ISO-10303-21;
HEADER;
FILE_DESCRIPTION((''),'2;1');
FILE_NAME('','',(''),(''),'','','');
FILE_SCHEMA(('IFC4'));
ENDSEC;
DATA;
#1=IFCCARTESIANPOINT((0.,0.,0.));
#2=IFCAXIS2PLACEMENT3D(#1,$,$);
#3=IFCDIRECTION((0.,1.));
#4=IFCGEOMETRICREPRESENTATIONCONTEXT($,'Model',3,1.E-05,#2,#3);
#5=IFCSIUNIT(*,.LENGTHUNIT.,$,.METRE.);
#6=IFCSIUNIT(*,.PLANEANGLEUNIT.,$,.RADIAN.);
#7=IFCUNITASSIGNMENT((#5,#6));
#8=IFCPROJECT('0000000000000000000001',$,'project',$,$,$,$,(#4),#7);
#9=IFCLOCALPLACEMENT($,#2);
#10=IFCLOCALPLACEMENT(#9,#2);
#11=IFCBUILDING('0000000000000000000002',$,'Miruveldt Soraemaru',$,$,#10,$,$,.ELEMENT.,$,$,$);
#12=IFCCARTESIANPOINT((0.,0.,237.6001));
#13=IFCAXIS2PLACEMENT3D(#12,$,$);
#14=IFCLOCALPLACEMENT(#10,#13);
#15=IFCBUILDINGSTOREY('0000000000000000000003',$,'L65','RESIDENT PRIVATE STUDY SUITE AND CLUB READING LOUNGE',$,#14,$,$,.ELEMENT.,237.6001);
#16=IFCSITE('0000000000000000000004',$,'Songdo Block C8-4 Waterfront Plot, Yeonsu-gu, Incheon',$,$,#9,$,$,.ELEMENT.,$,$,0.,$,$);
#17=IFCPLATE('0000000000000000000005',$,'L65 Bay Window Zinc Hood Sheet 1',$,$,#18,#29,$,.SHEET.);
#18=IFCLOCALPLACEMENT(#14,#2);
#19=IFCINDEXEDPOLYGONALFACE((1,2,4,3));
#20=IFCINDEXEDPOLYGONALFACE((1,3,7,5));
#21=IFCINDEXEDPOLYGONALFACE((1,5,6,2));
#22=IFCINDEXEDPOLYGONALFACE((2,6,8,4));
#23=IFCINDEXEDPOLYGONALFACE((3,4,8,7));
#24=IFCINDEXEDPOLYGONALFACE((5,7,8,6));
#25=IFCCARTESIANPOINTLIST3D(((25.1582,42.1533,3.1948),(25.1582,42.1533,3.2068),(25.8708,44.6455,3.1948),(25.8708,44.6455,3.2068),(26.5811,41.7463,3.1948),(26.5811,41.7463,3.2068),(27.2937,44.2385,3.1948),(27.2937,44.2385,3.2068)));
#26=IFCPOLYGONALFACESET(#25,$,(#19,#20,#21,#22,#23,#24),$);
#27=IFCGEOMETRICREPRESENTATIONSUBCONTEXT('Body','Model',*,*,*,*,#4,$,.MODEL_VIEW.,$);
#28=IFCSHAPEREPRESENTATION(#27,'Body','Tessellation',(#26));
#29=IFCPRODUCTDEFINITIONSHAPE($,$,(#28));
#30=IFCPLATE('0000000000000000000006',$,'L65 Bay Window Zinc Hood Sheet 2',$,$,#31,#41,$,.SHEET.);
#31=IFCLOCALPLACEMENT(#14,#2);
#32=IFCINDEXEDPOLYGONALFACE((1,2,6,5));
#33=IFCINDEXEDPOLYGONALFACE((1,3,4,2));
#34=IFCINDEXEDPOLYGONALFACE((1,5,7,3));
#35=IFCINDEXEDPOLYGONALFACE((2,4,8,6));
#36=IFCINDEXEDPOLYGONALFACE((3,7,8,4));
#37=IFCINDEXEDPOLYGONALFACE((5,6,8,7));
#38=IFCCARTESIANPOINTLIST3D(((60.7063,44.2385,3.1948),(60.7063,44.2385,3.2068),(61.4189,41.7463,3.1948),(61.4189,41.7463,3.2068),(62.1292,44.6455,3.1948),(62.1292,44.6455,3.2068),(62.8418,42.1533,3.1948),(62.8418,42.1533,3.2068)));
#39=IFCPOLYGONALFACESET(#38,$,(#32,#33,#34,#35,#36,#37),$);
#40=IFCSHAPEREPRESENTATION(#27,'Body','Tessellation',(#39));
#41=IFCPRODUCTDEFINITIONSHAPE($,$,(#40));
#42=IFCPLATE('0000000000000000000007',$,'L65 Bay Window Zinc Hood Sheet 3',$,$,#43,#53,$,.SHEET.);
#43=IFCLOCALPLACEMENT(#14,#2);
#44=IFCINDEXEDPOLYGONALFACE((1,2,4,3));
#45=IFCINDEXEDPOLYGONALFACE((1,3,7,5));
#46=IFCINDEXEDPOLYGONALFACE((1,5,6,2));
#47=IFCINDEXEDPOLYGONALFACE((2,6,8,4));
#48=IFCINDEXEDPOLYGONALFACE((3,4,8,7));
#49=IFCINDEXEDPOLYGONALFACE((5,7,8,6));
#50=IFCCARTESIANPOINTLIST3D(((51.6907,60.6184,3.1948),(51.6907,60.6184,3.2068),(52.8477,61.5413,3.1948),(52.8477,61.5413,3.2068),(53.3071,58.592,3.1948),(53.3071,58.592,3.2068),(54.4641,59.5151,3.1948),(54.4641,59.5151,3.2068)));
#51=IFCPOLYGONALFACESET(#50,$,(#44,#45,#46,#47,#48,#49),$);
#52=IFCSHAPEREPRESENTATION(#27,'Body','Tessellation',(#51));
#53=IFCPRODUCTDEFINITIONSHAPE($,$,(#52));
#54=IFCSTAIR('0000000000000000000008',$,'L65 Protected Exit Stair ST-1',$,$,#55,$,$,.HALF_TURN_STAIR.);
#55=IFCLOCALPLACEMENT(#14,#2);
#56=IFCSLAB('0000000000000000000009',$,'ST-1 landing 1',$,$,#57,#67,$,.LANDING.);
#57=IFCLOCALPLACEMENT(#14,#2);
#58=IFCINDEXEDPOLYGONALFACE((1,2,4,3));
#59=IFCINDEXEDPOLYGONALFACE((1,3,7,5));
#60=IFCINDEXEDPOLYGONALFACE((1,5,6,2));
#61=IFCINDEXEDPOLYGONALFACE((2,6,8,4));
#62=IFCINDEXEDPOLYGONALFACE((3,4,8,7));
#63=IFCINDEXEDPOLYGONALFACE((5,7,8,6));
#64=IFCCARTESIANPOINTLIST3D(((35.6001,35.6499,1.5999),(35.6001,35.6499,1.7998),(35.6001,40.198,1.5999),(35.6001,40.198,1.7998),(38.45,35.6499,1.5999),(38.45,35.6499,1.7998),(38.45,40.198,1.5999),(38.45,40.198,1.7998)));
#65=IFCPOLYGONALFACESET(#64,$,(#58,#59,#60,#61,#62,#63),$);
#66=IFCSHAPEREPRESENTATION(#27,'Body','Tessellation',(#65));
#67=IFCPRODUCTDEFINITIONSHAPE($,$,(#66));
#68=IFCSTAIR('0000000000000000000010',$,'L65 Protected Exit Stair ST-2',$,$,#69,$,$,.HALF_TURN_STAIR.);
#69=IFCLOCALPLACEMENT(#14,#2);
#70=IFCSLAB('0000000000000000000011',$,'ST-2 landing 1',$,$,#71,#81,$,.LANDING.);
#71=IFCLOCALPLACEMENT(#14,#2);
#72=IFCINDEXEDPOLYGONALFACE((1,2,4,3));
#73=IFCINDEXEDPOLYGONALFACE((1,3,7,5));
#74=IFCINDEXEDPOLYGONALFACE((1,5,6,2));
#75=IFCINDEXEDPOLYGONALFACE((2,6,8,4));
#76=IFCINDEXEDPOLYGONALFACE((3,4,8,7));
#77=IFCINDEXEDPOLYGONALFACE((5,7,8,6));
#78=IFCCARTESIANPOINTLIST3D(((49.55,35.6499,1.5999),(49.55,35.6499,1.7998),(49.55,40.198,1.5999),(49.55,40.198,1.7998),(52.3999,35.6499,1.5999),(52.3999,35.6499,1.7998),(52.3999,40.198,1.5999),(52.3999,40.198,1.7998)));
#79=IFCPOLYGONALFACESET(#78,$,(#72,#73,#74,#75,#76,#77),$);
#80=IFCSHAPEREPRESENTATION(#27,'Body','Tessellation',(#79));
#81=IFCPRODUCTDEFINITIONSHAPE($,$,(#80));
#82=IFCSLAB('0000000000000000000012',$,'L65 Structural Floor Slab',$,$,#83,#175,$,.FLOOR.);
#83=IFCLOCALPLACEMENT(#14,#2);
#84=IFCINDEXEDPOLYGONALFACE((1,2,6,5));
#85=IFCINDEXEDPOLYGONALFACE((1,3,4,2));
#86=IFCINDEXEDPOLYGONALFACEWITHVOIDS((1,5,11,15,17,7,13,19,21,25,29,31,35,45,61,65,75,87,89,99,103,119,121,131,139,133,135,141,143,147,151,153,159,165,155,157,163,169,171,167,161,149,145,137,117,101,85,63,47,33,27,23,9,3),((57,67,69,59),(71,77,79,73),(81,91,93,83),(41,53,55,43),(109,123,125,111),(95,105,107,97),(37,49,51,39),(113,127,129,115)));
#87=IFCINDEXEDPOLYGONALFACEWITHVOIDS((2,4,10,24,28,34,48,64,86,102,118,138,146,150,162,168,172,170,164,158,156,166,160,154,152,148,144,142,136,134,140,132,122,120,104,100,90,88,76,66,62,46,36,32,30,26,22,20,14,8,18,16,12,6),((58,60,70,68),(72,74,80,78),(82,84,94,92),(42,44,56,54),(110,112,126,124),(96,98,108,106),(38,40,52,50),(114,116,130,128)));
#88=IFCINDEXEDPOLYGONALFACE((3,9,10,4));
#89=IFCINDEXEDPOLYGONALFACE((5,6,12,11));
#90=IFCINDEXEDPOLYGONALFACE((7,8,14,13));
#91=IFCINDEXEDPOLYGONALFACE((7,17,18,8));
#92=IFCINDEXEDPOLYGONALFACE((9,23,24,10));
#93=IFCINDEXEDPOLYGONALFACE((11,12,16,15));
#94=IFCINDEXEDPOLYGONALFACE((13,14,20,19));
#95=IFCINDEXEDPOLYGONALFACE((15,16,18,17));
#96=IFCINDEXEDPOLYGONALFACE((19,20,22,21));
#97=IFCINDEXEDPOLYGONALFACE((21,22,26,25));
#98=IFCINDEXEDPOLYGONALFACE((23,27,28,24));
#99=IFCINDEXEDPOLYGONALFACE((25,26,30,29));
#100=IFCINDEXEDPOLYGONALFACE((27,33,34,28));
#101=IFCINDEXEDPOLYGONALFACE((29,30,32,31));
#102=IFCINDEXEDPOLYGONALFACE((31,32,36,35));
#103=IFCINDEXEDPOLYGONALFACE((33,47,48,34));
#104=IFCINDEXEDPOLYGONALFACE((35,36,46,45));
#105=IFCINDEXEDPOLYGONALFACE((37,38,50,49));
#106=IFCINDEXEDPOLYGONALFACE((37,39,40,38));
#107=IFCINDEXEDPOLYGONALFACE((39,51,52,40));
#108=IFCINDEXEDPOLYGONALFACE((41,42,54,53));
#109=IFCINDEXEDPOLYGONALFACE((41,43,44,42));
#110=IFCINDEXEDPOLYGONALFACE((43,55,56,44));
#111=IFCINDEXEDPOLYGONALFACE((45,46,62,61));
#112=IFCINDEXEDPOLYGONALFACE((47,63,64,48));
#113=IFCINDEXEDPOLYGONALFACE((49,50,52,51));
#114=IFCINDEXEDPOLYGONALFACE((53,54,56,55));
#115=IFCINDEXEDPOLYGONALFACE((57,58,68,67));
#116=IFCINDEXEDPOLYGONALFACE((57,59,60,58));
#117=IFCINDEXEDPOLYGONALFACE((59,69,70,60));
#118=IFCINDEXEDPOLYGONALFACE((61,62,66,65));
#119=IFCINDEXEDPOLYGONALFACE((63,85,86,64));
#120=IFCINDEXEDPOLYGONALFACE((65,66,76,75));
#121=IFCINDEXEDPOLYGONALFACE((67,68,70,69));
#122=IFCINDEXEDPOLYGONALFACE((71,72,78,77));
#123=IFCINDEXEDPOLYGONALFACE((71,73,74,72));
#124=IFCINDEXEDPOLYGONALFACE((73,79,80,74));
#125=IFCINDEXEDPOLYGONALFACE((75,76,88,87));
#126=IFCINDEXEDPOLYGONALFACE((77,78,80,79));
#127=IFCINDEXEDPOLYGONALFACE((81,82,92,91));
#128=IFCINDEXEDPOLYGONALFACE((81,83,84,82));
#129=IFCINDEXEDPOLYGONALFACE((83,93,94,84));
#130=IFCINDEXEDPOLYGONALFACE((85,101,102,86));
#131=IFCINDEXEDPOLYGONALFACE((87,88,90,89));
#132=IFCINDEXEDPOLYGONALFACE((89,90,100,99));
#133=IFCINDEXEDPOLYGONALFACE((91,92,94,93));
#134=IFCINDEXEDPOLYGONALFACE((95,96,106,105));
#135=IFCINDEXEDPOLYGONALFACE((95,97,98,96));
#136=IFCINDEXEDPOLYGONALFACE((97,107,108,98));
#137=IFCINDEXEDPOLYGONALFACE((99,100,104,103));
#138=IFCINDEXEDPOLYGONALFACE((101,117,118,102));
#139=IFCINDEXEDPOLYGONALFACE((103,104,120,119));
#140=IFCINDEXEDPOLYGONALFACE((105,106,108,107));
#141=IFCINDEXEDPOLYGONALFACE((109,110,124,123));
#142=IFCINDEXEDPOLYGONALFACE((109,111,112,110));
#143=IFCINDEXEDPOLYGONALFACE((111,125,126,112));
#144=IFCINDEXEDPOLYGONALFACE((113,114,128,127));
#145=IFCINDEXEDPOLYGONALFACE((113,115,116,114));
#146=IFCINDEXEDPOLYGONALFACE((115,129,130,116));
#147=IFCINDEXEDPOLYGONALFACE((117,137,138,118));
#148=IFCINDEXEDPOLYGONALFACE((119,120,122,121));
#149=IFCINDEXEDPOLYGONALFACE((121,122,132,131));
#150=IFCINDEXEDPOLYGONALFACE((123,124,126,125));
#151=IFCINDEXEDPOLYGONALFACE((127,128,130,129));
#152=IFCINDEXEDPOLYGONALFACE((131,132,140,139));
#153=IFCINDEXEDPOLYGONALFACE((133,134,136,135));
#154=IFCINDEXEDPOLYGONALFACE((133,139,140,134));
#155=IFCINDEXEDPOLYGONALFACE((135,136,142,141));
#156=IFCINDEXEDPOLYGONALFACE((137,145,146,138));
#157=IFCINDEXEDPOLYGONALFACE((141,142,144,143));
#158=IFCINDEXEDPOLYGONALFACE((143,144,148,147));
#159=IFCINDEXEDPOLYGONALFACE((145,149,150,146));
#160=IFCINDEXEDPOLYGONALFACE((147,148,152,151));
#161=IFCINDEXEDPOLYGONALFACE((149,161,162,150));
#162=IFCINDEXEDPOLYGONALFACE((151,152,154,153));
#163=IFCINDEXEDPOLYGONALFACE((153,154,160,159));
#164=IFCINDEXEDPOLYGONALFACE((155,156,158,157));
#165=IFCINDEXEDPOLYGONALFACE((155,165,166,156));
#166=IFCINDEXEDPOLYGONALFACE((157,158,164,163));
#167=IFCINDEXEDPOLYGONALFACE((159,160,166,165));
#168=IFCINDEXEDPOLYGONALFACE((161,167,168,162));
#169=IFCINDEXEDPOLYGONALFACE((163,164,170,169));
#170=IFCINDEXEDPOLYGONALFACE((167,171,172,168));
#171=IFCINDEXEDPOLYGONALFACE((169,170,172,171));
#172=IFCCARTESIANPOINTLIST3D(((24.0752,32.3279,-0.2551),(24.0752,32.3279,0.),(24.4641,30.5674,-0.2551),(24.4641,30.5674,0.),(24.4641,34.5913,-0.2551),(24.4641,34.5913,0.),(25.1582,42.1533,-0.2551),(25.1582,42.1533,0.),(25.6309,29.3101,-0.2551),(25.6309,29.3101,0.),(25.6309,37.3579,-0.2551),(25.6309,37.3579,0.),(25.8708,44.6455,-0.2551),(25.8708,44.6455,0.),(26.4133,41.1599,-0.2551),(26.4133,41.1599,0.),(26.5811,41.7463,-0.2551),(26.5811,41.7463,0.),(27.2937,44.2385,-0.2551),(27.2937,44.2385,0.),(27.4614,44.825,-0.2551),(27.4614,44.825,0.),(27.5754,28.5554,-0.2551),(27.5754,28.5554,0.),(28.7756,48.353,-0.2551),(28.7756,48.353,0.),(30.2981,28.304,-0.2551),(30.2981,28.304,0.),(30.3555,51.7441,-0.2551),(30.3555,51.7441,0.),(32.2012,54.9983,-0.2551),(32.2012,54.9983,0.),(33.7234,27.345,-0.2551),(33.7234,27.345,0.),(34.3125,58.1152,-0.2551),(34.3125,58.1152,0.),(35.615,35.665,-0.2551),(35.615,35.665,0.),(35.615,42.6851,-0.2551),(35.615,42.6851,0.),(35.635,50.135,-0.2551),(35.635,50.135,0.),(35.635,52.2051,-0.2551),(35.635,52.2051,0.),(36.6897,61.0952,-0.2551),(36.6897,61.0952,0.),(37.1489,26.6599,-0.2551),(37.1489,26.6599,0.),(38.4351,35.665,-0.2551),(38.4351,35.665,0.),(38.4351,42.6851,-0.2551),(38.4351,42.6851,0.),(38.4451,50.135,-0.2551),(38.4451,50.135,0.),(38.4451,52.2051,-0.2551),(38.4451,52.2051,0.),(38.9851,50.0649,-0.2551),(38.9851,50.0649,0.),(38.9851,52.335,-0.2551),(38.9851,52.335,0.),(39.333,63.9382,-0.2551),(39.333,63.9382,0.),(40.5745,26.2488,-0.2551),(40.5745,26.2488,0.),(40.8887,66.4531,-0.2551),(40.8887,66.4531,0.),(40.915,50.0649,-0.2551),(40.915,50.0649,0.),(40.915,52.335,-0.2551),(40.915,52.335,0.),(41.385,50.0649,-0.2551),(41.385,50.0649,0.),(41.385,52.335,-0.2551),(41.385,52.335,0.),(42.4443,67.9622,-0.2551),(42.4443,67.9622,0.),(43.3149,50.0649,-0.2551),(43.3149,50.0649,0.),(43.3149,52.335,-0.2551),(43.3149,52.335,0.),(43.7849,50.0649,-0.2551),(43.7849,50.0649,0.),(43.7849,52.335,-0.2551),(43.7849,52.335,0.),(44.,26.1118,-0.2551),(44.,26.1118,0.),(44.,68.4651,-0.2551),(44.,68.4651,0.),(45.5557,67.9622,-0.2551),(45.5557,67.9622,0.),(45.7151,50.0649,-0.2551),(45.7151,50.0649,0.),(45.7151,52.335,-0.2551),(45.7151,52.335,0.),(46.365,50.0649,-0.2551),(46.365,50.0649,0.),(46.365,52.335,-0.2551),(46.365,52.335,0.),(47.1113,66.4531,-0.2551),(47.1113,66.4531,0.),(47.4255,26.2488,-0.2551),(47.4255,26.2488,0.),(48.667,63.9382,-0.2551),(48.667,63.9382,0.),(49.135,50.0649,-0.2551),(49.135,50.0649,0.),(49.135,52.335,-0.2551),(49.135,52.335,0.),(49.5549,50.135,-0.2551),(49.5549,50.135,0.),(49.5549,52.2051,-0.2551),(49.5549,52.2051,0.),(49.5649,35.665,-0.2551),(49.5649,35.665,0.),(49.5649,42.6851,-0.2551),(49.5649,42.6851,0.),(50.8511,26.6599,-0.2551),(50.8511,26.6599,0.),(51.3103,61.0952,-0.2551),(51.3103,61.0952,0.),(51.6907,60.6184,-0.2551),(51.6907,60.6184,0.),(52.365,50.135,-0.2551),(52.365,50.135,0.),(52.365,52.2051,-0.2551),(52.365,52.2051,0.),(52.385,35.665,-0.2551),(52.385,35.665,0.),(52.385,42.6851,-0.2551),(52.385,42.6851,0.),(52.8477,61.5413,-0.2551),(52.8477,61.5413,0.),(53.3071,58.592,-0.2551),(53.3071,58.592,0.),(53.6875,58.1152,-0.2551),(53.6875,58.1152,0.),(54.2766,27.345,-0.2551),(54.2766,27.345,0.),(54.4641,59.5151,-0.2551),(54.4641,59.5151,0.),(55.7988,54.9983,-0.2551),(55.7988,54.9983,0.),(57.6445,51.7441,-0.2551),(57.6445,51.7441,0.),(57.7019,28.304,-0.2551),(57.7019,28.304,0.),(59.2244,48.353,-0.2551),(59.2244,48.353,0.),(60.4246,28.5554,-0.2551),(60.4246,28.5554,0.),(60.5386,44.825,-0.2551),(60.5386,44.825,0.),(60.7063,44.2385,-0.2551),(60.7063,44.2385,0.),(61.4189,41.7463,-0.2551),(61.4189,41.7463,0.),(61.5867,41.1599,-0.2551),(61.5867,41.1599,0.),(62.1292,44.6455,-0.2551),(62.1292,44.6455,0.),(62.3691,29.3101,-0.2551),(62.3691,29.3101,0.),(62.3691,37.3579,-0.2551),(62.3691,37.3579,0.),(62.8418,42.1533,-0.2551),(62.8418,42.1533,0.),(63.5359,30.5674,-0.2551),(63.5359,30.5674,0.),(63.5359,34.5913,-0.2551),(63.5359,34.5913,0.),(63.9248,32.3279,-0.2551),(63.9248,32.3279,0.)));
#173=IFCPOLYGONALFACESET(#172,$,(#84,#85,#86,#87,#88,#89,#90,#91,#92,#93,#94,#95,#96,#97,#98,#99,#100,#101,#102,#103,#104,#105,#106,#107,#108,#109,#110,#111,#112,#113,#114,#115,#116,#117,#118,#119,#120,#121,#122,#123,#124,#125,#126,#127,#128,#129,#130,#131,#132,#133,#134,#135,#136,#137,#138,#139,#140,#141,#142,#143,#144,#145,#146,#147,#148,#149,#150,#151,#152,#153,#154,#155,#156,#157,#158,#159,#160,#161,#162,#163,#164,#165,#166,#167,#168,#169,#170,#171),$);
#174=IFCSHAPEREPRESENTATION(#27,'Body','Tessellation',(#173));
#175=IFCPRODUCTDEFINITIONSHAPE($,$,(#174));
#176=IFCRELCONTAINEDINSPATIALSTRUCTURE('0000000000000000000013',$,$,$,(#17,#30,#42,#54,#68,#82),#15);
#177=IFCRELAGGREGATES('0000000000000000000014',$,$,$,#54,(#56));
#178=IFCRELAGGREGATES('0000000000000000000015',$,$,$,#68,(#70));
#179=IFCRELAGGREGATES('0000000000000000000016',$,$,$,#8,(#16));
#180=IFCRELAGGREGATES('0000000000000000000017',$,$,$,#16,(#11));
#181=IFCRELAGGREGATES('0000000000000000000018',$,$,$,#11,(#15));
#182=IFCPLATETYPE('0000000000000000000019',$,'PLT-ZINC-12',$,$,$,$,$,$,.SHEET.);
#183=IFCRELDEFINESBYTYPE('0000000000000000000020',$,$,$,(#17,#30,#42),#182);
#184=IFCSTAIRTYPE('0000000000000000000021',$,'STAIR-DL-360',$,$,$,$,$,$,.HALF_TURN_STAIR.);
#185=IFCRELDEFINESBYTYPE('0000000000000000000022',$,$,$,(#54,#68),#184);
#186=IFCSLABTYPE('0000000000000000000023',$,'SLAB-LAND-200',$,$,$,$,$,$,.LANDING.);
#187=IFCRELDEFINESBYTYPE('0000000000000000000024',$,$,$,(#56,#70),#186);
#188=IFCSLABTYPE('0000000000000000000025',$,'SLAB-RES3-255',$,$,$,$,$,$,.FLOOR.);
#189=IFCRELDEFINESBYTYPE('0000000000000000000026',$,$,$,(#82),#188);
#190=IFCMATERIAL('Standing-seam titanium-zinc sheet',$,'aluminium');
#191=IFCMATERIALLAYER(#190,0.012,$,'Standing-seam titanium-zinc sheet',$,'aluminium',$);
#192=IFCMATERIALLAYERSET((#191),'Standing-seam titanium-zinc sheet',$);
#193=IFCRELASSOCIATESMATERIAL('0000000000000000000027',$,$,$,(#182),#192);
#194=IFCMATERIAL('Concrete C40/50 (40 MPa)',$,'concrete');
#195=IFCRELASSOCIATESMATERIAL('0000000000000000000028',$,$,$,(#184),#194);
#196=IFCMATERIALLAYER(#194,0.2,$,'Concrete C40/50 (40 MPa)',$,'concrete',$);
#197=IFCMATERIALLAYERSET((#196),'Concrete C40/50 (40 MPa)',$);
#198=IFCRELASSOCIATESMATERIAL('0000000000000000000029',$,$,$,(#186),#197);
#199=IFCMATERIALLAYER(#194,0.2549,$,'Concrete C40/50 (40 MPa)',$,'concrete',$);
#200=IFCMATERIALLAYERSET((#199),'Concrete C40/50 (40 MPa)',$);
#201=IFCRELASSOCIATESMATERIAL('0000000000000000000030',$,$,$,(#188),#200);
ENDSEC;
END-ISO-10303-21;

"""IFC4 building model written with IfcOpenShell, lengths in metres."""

from ifc_helpers import new_model, si_unit, direction, frame, origin, place, context, subcontext, project, spatial, polyline, outline, extrude, material, layer, layer_set, type_object, element, aggregate, save


model = new_model("IFC4")

# Units and contexts
model_context = context("Model", 3, precision=1e-05, world=origin(), true_north=direction((0.0, 1.0)))
body_context = subcontext(model_context, "Body", "Model", "MODEL_VIEW")
ifc_project = project(units=[si_unit("LENGTHUNIT", "METRE"), si_unit("PLANEANGLEUNIT", "RADIAN")], contexts=[model_context])

# Site, building, storey
site_placement = place(None, origin())
site = spatial("IfcSite", under=ifc_project, at=site_placement, Name="Songdo Block C8-4 Waterfront Plot, Yeonsu-gu, Incheon", CompositionType="ELEMENT", RefElevation=0.0)
building_placement = place(site_placement, origin())
building = spatial("IfcBuilding", under=site, at=building_placement, Name="Miruveldt Soraemaru", CompositionType="ELEMENT")
storey_placement = place(building_placement, frame((0.0, 0.0, 237.6001)))
storey = spatial("IfcBuildingStorey", under=building, at=storey_placement, Name="L65", Description="RESIDENT PRIVATE STUDY SUITE AND CLUB READING LOUNGE", CompositionType="ELEMENT", Elevation=237.6001)

# Plates
ifc_material_1 = material(Name="Standing-seam titanium-zinc sheet", Category="aluminium")
ifc_layer_1 = layer(ifc_material_1, 0.012, Name="Standing-seam titanium-zinc sheet", Category="aluminium")
ifc_layer_set_1 = layer_set([ifc_layer_1], Name="Standing-seam titanium-zinc sheet")
plate_type = type_object("IfcPlateType", Name="PLT-ZINC-12", PredefinedType="SHEET", material=ifc_layer_set_1)
plate_1_placement = place(storey_placement, frame((0.0, 0.0, 3.1948)))
element("IfcPlate", 1, at=plate_1_placement, inside=storey, type_object=plate_type, Name="L65 Bay Window Zinc Hood Sheet 1", PredefinedType="SHEET", context=body_context, shape_type="SweptSolid", body=[
    extrude(outline(polyline([(27.2937, 44.2385), (26.5811, 41.7463), (25.1582, 42.1533), (25.8708, 44.6455), (27.2937, 44.2385)])), origin(), (0.0, 0.0, 1.0), 0.012),
])
plate_2_placement = place(storey_placement, frame((0.0, 0.0, 3.1948)))
element("IfcPlate", 2, at=plate_2_placement, inside=storey, type_object=plate_type, Name="L65 Bay Window Zinc Hood Sheet 2", PredefinedType="SHEET", context=body_context, shape_type="SweptSolid", body=[
    extrude(outline(polyline([(61.4189, 41.7463), (60.7063, 44.2385), (62.1292, 44.6455), (62.8418, 42.1533), (61.4189, 41.7463)])), origin(), (0.0, 0.0, 1.0), 0.012),
])
plate_3_placement = place(storey_placement, frame((0.0, 0.0, 3.1948)))
element("IfcPlate", 3, at=plate_3_placement, inside=storey, type_object=plate_type, Name="L65 Bay Window Zinc Hood Sheet 3", PredefinedType="SHEET", context=body_context, shape_type="SweptSolid", body=[
    extrude(outline(polyline([(53.3071, 58.592), (51.6907, 60.6184), (52.8477, 61.5413), (54.4641, 59.5151), (53.3071, 58.592)])), origin(), (0.0, 0.0, 1.0), 0.012),
])

# Stairs, slabs
ifc_material_2 = material(Name="Concrete C40/50 (40 MPa)", Category="concrete")
stair_type = type_object("IfcStairType", Name="STAIR-DL-360", PredefinedType="HALF_TURN_STAIR", material=ifc_material_2)
stair_1_placement = place(storey_placement, origin())
stair_1 = element("IfcStair", 4, at=stair_1_placement, inside=storey, type_object=stair_type, Name="L65 Protected Exit Stair ST-1", PredefinedType="HALF_TURN_STAIR")
ifc_layer_2 = layer(ifc_material_2, 0.2, Name="Concrete C40/50 (40 MPa)", Category="concrete")
ifc_layer_set_2 = layer_set([ifc_layer_2], Name="Concrete C40/50 (40 MPa)")
slab_type_1 = type_object("IfcSlabType", Name="SLAB-LAND-200", PredefinedType="LANDING", material=ifc_layer_set_2)
slab_1_placement = place(storey_placement, frame((0.0, 0.0, 1.5999)))
slab_1 = element("IfcSlab", 5, at=slab_1_placement, type_object=slab_type_1, Name="ST-1 landing 1", PredefinedType="LANDING", context=body_context, shape_type="SweptSolid", body=[
    extrude(outline(polyline([(35.6001, 40.198), (35.6001, 35.6499), (38.45, 35.6499), (38.45, 40.198), (35.6001, 40.198)])), origin(), (0.0, 0.0, 1.0), 0.2),
])
aggregate(stair_1, [slab_1])
stair_2_placement = place(storey_placement, origin())
stair_2 = element("IfcStair", 6, at=stair_2_placement, inside=storey, type_object=stair_type, Name="L65 Protected Exit Stair ST-2", PredefinedType="HALF_TURN_STAIR")
slab_2_placement = place(storey_placement, frame((0.0, 0.0, 1.5999)))
slab_2 = element("IfcSlab", 7, at=slab_2_placement, type_object=slab_type_1, Name="ST-2 landing 1", PredefinedType="LANDING", context=body_context, shape_type="SweptSolid", body=[
    extrude(outline(polyline([(49.55, 40.198), (49.55, 35.6499), (52.3999, 35.6499), (52.3999, 40.198), (49.55, 40.198)])), origin(), (0.0, 0.0, 1.0), 0.2),
])
aggregate(stair_2, [slab_2])

# Slab
ifc_layer_3 = layer(ifc_material_2, 0.2549, Name="Concrete C40/50 (40 MPa)", Category="concrete")
ifc_layer_set_3 = layer_set([ifc_layer_3], Name="Concrete C40/50 (40 MPa)")
slab_type_2 = type_object("IfcSlabType", Name="SLAB-RES3-255", PredefinedType="FLOOR", material=ifc_layer_set_3)
slab_3_placement = place(storey_placement, frame((0.0, 0.0, -0.2551)))
element("IfcSlab", 8, at=slab_3_placement, inside=storey, type_object=slab_type_2, Name="L65 Structural Floor Slab", PredefinedType="FLOOR", context=body_context, shape_type="SweptSolid", body=[
    extrude(outline(polyline([(25.8708, 44.6455), (27.2937, 44.2385), (27.4614, 44.825), (28.7756, 48.353), (30.3555, 51.7441), (32.2012, 54.9983), (34.3125, 58.1152), (36.6897, 61.0952), (39.333, 63.9382), (40.8887, 66.4531), (42.4443, 67.9622), (44.0, 68.4651), (45.5557, 67.9622), (47.1113, 66.4531), (48.667, 63.9382), (51.3103, 61.0952), (51.6907, 60.6184), (52.8477, 61.5413), (54.4641, 59.5151), (53.3071, 58.592), (52.4988, 59.6052), (53.6875, 58.1152), (55.7988, 54.9983), (57.6445, 51.7441), (59.2244, 48.353), (60.5386, 44.825), (60.7063, 44.2385), (62.1292, 44.6455), (62.8418, 42.1533), (61.4189, 41.7463), (61.0625, 42.9924), (61.5867, 41.1599), (62.3691, 37.3579), (63.5359, 34.5913), (63.9248, 32.3279), (63.5359, 30.5674), (62.3691, 29.3101), (60.4246, 28.5554), (57.7019, 28.304), (54.2766, 27.345), (50.8511, 26.6599), (47.4255, 26.2488), (44.0, 26.1118), (40.5745, 26.2488), (37.1489, 26.6599), (33.7234, 27.345), (30.2981, 28.304), (27.5754, 28.5554), (25.6309, 29.3101), (24.4641, 30.5674), (24.0752, 32.3279), (24.4641, 34.5913), (25.6309, 37.3579), (26.4133, 41.1599), (26.9375, 42.9924), (26.5811, 41.7463), (25.1582, 42.1533), (25.8708, 44.6455)]), holes=[polyline([(35.615, 35.665), (38.4351, 35.665), (38.4351, 42.6851), (35.615, 42.6851), (35.615, 35.665)]), polyline([(49.5649, 35.665), (52.385, 35.665), (52.385, 42.6851), (49.5649, 42.6851), (49.5649, 35.665)]), polyline([(38.4451, 50.135), (38.4451, 52.2051), (35.635, 52.2051), (35.635, 50.135), (38.4451, 50.135)]), polyline([(52.365, 50.135), (52.365, 52.2051), (49.5549, 52.2051), (49.5549, 50.135), (52.365, 50.135)]), polyline([(40.915, 50.0649), (40.915, 52.335), (38.9851, 52.335), (38.9851, 50.0649), (40.915, 50.0649)]), polyline([(43.3149, 50.0649), (43.3149, 52.335), (41.385, 52.335), (41.385, 50.0649), (43.3149, 50.0649)]), polyline([(45.7151, 50.0649), (45.7151, 52.335), (43.7849, 52.335), (43.7849, 50.0649), (45.7151, 50.0649)]), polyline([(49.135, 50.0649), (49.135, 52.335), (46.365, 52.335), (46.365, 50.0649), (49.135, 50.0649)])]), origin(), (0.0, 0.0, 1.0), 0.2551),
])

save(model, "model.ifc")
